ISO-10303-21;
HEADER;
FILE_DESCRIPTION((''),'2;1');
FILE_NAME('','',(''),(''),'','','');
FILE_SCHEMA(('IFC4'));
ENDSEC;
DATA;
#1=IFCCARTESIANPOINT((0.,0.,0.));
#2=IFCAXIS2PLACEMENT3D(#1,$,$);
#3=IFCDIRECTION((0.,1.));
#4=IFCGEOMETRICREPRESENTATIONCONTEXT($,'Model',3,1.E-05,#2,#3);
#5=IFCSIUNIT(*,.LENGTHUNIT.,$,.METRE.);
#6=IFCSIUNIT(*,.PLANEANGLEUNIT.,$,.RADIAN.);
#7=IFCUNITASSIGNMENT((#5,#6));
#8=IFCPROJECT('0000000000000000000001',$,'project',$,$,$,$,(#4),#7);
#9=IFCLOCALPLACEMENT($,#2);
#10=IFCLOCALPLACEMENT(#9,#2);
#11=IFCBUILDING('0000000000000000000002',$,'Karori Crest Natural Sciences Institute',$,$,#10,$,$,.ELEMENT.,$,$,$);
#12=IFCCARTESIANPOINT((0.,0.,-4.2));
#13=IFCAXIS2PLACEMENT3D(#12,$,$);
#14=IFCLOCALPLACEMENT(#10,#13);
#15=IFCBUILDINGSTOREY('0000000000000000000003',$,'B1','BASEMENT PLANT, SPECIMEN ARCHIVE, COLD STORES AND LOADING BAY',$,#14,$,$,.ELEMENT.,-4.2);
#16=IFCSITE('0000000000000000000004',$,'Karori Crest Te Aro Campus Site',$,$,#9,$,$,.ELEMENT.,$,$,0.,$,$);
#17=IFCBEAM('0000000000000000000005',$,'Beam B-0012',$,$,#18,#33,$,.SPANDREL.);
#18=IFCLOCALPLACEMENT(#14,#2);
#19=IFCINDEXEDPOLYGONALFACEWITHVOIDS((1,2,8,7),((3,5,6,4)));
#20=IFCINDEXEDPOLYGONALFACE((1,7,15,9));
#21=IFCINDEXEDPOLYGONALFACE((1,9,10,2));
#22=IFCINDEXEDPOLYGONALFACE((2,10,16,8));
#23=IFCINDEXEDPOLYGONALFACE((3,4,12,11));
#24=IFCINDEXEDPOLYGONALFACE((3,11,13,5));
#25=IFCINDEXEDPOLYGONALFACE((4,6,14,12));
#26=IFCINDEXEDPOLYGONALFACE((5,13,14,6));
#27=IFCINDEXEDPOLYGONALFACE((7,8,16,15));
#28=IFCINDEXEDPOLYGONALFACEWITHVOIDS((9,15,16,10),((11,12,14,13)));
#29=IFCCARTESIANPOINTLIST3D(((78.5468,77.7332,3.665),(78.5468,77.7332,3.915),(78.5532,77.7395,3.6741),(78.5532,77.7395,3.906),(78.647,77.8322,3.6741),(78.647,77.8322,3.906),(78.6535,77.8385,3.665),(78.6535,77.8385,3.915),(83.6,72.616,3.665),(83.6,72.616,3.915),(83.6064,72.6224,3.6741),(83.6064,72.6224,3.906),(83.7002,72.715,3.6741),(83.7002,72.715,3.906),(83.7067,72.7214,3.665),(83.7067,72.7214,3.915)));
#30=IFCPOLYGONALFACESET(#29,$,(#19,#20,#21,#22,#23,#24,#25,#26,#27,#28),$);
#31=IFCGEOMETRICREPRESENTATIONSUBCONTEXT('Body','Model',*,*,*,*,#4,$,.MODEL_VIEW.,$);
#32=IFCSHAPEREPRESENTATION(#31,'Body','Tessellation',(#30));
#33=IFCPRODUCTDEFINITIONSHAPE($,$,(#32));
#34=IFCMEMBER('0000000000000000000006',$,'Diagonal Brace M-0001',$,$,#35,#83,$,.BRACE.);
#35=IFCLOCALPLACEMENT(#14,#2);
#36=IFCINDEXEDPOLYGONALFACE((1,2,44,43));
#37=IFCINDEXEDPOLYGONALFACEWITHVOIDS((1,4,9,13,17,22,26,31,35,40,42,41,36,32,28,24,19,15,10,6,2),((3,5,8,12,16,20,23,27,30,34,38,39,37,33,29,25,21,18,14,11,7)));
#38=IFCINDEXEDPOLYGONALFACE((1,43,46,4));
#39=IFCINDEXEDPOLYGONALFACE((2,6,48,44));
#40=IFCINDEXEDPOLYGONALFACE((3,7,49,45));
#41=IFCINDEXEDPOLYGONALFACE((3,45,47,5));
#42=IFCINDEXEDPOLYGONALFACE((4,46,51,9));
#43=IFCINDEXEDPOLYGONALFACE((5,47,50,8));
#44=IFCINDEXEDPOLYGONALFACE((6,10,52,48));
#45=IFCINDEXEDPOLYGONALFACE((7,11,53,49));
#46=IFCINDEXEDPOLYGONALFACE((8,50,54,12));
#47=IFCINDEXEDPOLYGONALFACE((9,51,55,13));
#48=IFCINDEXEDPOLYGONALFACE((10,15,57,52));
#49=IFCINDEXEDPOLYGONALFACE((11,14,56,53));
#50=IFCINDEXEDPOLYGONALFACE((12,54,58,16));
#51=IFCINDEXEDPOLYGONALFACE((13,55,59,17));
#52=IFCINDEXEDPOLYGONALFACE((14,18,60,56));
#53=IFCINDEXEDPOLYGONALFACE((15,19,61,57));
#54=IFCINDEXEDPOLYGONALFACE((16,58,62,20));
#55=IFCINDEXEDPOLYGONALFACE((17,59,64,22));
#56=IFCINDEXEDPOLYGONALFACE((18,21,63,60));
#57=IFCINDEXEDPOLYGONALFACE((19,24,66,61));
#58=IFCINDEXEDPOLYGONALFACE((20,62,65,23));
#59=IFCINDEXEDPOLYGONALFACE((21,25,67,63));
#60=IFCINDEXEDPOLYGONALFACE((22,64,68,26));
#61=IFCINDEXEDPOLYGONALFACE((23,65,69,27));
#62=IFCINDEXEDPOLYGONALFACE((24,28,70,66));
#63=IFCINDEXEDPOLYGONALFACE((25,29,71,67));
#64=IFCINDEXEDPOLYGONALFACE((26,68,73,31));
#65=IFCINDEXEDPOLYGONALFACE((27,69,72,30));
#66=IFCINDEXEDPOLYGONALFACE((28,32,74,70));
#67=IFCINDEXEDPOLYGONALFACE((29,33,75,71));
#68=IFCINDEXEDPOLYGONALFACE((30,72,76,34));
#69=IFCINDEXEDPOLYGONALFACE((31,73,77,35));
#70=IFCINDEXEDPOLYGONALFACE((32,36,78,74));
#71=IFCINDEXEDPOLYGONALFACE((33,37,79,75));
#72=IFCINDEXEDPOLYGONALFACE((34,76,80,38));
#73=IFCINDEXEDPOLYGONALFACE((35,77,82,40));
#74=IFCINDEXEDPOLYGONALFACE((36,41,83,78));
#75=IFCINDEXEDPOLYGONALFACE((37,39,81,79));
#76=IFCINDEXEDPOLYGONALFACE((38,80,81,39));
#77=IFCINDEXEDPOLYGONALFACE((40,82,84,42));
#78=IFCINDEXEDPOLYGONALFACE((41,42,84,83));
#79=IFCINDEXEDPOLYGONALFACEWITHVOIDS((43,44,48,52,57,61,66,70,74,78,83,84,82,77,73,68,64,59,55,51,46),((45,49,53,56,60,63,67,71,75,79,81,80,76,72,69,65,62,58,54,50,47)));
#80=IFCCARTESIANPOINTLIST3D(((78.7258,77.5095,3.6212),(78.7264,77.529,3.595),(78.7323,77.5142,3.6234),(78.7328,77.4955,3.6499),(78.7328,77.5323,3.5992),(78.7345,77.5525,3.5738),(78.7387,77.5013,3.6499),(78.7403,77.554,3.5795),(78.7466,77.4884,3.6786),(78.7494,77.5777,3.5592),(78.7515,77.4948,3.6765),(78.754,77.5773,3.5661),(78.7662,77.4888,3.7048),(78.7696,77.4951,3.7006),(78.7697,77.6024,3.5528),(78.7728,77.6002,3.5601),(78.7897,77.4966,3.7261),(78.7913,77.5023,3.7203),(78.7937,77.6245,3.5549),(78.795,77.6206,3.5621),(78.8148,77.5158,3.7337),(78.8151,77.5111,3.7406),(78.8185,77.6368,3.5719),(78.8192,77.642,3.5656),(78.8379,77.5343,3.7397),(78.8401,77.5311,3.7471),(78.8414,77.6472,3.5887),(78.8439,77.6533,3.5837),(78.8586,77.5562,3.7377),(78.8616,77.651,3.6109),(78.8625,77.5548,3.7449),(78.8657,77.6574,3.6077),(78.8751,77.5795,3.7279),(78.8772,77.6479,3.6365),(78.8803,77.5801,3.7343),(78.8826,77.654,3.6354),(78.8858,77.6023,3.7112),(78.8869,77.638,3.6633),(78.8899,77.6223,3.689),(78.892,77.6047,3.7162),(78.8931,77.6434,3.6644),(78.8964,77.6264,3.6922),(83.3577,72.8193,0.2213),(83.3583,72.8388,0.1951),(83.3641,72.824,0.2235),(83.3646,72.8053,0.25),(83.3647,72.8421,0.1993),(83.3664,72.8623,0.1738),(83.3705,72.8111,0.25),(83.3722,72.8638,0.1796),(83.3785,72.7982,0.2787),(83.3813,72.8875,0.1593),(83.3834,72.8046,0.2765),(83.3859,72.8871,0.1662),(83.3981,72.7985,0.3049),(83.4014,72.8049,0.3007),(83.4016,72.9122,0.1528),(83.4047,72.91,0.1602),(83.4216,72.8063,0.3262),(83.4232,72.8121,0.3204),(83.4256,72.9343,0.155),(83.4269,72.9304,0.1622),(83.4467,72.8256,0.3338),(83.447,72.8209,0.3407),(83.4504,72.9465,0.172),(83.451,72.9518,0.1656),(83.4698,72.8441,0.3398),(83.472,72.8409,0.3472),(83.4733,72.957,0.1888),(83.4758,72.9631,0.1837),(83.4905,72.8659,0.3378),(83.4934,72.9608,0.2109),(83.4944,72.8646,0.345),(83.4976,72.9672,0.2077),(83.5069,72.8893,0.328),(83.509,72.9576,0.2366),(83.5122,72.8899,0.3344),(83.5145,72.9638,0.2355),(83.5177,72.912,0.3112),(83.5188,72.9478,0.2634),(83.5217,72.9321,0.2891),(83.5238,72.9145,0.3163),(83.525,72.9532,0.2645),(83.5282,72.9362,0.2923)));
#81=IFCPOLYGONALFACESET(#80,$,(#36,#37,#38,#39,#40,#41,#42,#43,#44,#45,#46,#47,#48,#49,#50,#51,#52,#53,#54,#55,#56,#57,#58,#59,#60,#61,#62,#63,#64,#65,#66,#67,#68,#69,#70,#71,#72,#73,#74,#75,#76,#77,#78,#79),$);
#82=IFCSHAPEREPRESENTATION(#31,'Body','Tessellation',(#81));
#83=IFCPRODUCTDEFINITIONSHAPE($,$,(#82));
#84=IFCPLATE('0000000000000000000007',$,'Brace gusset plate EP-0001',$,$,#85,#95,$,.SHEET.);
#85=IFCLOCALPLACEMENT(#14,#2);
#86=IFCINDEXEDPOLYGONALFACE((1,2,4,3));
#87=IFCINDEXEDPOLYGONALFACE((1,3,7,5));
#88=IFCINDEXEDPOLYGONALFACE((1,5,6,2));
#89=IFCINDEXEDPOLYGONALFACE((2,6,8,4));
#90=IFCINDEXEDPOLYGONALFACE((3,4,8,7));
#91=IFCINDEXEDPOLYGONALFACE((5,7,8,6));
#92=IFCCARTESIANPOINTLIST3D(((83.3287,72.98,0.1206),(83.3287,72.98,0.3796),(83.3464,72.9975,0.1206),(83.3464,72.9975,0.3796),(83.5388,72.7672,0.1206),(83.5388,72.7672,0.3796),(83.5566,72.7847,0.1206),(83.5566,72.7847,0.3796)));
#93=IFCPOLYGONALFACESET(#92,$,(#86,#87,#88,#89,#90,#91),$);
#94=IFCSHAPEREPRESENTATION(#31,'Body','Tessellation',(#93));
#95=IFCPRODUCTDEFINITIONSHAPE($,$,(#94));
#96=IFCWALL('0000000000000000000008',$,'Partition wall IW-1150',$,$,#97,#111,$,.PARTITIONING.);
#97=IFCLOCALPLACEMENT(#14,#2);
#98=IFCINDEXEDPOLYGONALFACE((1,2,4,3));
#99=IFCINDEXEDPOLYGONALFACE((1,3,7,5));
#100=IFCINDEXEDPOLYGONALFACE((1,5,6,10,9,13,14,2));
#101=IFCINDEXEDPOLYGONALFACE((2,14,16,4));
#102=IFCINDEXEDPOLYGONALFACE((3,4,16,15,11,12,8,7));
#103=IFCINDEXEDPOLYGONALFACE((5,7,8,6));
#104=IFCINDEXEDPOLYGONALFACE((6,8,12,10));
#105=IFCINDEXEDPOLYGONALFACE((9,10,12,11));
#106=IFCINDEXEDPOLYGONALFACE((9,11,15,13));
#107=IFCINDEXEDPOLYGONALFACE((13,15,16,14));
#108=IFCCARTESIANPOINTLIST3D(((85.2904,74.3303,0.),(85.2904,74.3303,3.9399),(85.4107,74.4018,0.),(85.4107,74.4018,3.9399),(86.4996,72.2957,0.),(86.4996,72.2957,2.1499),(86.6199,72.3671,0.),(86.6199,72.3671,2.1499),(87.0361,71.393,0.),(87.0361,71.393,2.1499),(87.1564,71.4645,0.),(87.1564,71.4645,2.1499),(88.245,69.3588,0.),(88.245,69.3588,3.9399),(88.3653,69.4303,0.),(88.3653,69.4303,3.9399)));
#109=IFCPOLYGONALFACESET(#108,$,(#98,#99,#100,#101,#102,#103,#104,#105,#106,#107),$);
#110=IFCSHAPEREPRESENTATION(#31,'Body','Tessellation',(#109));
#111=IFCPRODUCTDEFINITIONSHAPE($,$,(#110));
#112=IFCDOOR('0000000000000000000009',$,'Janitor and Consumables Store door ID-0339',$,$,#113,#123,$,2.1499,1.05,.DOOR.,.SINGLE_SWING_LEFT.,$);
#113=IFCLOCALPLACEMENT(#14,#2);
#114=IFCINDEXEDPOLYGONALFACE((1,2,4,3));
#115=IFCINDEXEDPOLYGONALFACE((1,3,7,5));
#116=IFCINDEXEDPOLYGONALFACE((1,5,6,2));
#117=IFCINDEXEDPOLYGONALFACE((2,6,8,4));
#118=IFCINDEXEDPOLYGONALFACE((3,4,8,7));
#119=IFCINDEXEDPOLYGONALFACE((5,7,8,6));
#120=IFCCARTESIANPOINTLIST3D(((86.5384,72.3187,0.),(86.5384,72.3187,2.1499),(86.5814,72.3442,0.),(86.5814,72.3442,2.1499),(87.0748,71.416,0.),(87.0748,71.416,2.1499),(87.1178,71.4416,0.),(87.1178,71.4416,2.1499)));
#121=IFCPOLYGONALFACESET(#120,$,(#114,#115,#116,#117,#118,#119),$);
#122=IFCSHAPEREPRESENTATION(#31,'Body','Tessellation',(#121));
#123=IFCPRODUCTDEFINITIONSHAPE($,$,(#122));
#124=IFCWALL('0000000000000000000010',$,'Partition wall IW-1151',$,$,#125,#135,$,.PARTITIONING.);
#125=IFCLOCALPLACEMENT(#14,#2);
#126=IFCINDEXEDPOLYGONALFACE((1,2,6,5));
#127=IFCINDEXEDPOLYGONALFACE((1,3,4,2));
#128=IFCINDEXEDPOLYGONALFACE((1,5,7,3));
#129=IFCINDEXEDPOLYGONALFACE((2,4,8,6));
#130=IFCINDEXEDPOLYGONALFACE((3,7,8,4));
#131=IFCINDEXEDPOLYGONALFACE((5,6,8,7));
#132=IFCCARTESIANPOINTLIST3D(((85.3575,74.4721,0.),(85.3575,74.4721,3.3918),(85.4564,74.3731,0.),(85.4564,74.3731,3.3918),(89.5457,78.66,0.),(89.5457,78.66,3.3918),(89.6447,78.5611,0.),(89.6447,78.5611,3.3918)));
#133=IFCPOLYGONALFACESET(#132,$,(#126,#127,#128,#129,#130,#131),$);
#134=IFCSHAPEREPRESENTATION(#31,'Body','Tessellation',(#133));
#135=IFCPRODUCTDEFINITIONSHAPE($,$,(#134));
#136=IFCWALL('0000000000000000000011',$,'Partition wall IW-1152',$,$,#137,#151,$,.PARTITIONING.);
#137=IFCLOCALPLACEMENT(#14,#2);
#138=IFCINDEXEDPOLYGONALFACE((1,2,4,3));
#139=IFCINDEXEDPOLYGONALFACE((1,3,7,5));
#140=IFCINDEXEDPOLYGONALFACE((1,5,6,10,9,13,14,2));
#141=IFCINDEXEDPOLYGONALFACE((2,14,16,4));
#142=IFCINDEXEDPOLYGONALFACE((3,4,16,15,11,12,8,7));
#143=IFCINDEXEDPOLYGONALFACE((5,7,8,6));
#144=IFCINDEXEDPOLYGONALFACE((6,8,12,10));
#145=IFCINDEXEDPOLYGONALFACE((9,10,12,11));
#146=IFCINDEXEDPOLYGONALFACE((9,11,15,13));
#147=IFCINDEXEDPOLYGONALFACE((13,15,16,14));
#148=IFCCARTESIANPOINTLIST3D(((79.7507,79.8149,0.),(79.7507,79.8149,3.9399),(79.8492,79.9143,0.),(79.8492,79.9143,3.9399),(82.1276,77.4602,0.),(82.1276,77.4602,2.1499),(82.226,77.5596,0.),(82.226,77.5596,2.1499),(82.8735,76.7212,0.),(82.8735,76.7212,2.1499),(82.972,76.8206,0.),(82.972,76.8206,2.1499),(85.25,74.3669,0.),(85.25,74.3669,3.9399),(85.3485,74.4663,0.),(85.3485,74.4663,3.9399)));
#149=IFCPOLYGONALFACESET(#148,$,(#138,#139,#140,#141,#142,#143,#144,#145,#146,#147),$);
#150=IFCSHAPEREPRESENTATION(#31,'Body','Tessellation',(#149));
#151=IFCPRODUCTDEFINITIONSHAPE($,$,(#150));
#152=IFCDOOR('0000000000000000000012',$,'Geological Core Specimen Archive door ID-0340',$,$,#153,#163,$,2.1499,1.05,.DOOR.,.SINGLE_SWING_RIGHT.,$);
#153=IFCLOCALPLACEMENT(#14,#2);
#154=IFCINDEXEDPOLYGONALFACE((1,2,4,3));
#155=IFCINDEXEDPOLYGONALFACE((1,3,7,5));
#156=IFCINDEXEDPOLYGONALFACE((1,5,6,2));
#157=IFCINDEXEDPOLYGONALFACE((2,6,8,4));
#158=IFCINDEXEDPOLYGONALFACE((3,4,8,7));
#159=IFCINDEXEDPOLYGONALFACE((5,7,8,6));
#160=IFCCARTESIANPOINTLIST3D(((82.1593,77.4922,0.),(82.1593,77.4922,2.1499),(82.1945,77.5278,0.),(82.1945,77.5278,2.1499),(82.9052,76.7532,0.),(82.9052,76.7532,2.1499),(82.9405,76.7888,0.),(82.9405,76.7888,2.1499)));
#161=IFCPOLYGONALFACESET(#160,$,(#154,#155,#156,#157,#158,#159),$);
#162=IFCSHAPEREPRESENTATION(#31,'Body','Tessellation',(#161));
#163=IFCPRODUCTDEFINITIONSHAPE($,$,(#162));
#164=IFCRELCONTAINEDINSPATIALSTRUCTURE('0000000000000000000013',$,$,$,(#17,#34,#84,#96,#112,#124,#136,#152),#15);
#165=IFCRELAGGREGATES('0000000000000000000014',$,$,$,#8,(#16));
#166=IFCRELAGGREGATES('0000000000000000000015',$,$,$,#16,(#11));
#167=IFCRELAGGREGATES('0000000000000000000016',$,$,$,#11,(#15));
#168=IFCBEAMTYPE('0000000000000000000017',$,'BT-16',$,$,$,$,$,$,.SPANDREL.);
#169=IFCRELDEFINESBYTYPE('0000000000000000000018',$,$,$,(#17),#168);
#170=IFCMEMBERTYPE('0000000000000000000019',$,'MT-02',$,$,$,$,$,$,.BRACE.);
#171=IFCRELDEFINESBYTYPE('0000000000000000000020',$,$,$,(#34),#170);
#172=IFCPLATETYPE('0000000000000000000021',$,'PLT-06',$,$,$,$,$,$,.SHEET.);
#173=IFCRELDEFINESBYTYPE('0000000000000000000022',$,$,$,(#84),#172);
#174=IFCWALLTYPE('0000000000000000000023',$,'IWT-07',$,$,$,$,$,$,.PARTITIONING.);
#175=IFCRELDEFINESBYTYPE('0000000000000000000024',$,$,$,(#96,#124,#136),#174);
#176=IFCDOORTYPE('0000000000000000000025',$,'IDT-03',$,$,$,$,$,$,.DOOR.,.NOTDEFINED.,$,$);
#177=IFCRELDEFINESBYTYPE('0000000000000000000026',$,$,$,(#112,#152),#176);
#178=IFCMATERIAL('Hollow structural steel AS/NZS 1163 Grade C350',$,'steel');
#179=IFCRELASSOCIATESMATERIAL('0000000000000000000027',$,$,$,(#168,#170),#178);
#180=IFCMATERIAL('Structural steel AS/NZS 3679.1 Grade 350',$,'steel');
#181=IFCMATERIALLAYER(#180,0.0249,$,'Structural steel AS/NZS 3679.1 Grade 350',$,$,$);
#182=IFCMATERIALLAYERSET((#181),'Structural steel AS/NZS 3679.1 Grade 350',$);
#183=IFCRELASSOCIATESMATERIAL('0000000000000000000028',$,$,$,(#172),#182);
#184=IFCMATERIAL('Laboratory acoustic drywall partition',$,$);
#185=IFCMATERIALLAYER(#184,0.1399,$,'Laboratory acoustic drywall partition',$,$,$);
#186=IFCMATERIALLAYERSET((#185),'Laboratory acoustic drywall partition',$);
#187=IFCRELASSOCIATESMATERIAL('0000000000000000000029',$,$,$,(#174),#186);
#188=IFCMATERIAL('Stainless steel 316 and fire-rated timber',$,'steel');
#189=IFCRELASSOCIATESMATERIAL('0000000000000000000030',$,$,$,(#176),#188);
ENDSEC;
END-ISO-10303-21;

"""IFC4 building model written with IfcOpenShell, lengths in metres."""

from ifc_helpers import new_model, si_unit, direction, frame, frame_2d, origin, origin_2d, place, context, subcontext, project, spatial, rectangle, hollow_rectangle, hollow_circle, extrude, material, layer, layer_set, material_profile, profile_set, type_object, element, fill, save


model = new_model("IFC4")

# Units and contexts
model_context = context("Model", 3, precision=1e-05, world=origin(), true_north=direction((0.0, 1.0)))
body_context = subcontext(model_context, "Body", "Model", "MODEL_VIEW")
ifc_project = project(units=[si_unit("LENGTHUNIT", "METRE"), si_unit("PLANEANGLEUNIT", "RADIAN")], contexts=[model_context])

# Site, building, storey
site_placement = place(None, origin())
site = spatial("IfcSite", under=ifc_project, at=site_placement, Name="Karori Crest Te Aro Campus Site", CompositionType="ELEMENT", RefElevation=0.0)
building_placement = place(site_placement, origin())
building = spatial("IfcBuilding", under=site, at=building_placement, Name="Karori Crest Natural Sciences Institute", CompositionType="ELEMENT")
storey_placement = place(building_placement, frame((0.0, 0.0, -4.2)))
storey = spatial("IfcBuildingStorey", under=building, at=storey_placement, Name="B1", Description="BASEMENT PLANT, SPECIMEN ARCHIVE, COLD STORES AND LOADING BAY", CompositionType="ELEMENT", Elevation=-4.2)

# Shared definitions
ifc_material_1 = material(Name="Structural steel AS/NZS 3679.1 Grade 350", Category="steel")
ifc_material_2 = material(Name="Hollow structural steel AS/NZS 1163 Grade C350", Category="steel")

# Beam
ifc_material_profile_1 = material_profile(ifc_material_2, hollow_rectangle(XDim=0.1499, YDim=0.25, WallThickness=0.009, at=origin_2d()), Name="RHS250x150x9")
ifc_profile_set_1 = profile_set([ifc_material_profile_1], Name="Hollow structural steel AS/NZS 1163 Grade C350")
beam_type_1 = type_object("IfcBeamType", Name="BT-16", PredefinedType="SPANDREL", material=ifc_profile_set_1)
beam_1_placement = place(storey_placement, frame((83.6533, 72.6687, 3.79), z_axis=(-0.702646, 0.71154, 0.0), x_axis=(-0.71154, -0.702646, 0.0)))
element("IfcBeam", 1, at=beam_1_placement, inside=storey, type_object=beam_type_1, Name="Beam B-0012", PredefinedType="SPANDREL", context=body_context, shape_type="SweptSolid", body=[
    extrude(hollow_rectangle(XDim=0.1499, YDim=0.25, WallThickness=0.009, at=origin_2d()), origin(), (0.0, 0.0, 1.0), 7.1917),
])

# Member
ifc_material_profile_2 = material_profile(ifc_material_2, hollow_circle(Radius=0.1096, WallThickness=0.0083, at=origin_2d()), Name="CHS219.1x8.2")
ifc_profile_set_2 = profile_set([ifc_material_profile_2], Name="Hollow structural steel AS/NZS 1163 Grade C350")
member_type = type_object("IfcMemberType", Name="MT-02", PredefinedType="BRACE", material=ifc_profile_set_2)
member_placement = place(storey_placement, frame((83.4426, 72.8823, 0.25), z_axis=(-0.624494, 0.632361, 0.458397), x_axis=(-0.711519, -0.702667, 0.0)))
element("IfcMember", 2, at=member_placement, inside=storey, type_object=member_type, Name="Diagonal Brace M-0001", PredefinedType="BRACE", context=body_context, shape_type="SweptSolid", body=[
    extrude(hollow_circle(Radius=0.1096, WallThickness=0.0083, at=origin_2d()), origin(), (0.0, 0.0, 1.0), 7.417),
])

# Plate
ifc_layer_1 = layer(ifc_material_1, 0.0249, Name="Structural steel AS/NZS 3679.1 Grade 350")
ifc_layer_set_1 = layer_set([ifc_layer_1], Name="Structural steel AS/NZS 3679.1 Grade 350")
plate_type = type_object("IfcPlateType", Name="PLT-06", PredefinedType="SHEET", material=ifc_layer_set_1)
plate_placement = place(storey_placement, frame((83.4426, 72.8823, 0.1206), z_axis=(0.0, 0.0, 1.0), x_axis=(-0.702664, 0.711522, 0.0)))
element("IfcPlate", 3, at=plate_placement, inside=storey, type_object=plate_type, Name="Brace gusset plate EP-0001", PredefinedType="SHEET", context=body_context, shape_type="SweptSolid", body=[
    extrude(rectangle(XDim=0.2991, YDim=0.0249, at=origin_2d()), origin(), (0.0, 0.0, 1.0), 0.259),
])

# Wall, opening, door
ifc_material_3 = material(Name="Laboratory acoustic drywall partition")
ifc_layer_2 = layer(ifc_material_3, 0.1399, Name="Laboratory acoustic drywall partition")
ifc_layer_set_2 = layer_set([ifc_layer_2], Name="Laboratory acoustic drywall partition")
wall_type_1 = type_object("IfcWallType", Name="IWT-07", PredefinedType="PARTITIONING", material=ifc_layer_set_2)
wall_1_placement = place(storey_placement, frame((88.3052, 69.3945, 0.0), z_axis=(0.0, 0.0, 1.0), x_axis=(-0.510897, 0.859642, 0.0)))
wall_1 = element("IfcWall", 4, at=wall_1_placement, inside=storey, type_object=wall_type_1, Name="Partition wall IW-1150", PredefinedType="PARTITIONING", context=body_context, shape_type="SweptSolid", body=[
    extrude(rectangle(XDim=5.7832, YDim=0.1399, at=frame_2d((2.8916, 0.0))), origin(), (0.0, 0.0, 1.0), 3.9399),
])
opening_1_placement = place(wall_1_placement, frame((2.3665, 0.0, 0.0)))
opening_1 = element("IfcOpeningElement", 5, at=opening_1_placement, cuts=wall_1, PredefinedType="OPENING", context=body_context, shape_type="SweptSolid", body=[
    extrude(rectangle(XDim=1.05, YDim=2.1499, at=frame_2d((0.5249, 1.075))), frame((0.0, 0.0801, 0.0), z_axis=(0.0, -1.0, 0.0), x_axis=(1.0, 0.0, 0.0)), (0.0, 0.0, 1.0), 0.1599),
])
ifc_material_4 = material(Name="Stainless steel 316 and fire-rated timber", Category="steel")
door_type_1 = type_object("IfcDoorType", Name="IDT-03", OperationType="NOTDEFINED", PredefinedType="DOOR", material=ifc_material_4)
door_1_placement = place(opening_1_placement, origin())
door_1 = element("IfcDoor", 6, at=door_1_placement, inside=storey, type_object=door_type_1, Name="Janitor and Consumables Store door ID-0339", OperationType="SINGLE_SWING_LEFT", OverallHeight=2.1499, OverallWidth=1.05, PredefinedType="DOOR", context=body_context, shape_type="SweptSolid", body=[
    extrude(rectangle(XDim=1.05, YDim=2.1499, at=frame_2d((0.5249, 1.075))), frame((0.0, 0.0249, 0.0), z_axis=(0.0, -1.0, 0.0), x_axis=(1.0, 0.0, 0.0)), (0.0, 0.0, 1.0), 0.05),
])
fill(opening_1, door_1)

# Wall
wall_2_placement = place(storey_placement, frame((85.407, 74.4226, 0.0), z_axis=(0.0, 0.0, 1.0), x_axis=(0.707127, 0.707086, 0.0)))
element("IfcWall", 7, at=wall_2_placement, inside=storey, type_object=wall_type_1, Name="Partition wall IW-1151", PredefinedType="PARTITIONING", context=body_context, shape_type="SweptSolid", body=[
    extrude(rectangle(XDim=5.9229, YDim=0.1399, at=frame_2d((2.9614, 0.0))), origin(), (0.0, 0.0, 1.0), 3.3918),
])

# Wall, opening, door
wall_3_placement = place(storey_placement, frame((85.2993, 74.4165, 0.0), z_axis=(0.0, 0.0, 1.0), x_axis=(-0.710411, 0.703787, 0.0)))
wall_3 = element("IfcWall", 8, at=wall_3_placement, inside=storey, type_object=wall_type_1, Name="Partition wall IW-1152", PredefinedType="PARTITIONING", context=body_context, shape_type="SweptSolid", body=[
    extrude(rectangle(XDim=7.741, YDim=0.1399, at=frame_2d((3.8706, 0.0))), origin(), (0.0, 0.0, 1.0), 3.9399),
])
opening_2_placement = place(wall_3_placement, frame((3.3455, 0.0, 0.0)))
opening_2 = element("IfcOpeningElement", 9, at=opening_2_placement, cuts=wall_3, PredefinedType="OPENING", context=body_context, shape_type="SweptSolid", body=[
    extrude(rectangle(XDim=1.05, YDim=2.1499, at=frame_2d((0.5249, 1.075))), frame((0.0, 0.0801, 0.0), z_axis=(0.0, -1.0, 0.0), x_axis=(1.0, 0.0, 0.0)), (0.0, 0.0, 1.0), 0.1599),
])
door_2_placement = place(opening_2_placement, origin())
door_2 = element("IfcDoor", 10, at=door_2_placement, inside=storey, type_object=door_type_1, Name="Geological Core Specimen Archive door ID-0340", OperationType="SINGLE_SWING_RIGHT", OverallHeight=2.1499, OverallWidth=1.05, PredefinedType="DOOR", context=body_context, shape_type="SweptSolid", body=[
    extrude(rectangle(XDim=1.05, YDim=2.1499, at=frame_2d((0.5249, 1.075))), frame((0.0, 0.0249, 0.0), z_axis=(0.0, -1.0, 0.0), x_axis=(1.0, 0.0, 0.0)), (0.0, 0.0, 1.0), 0.05),
])
fill(opening_2, door_2)

save(model, "model.ifc")
